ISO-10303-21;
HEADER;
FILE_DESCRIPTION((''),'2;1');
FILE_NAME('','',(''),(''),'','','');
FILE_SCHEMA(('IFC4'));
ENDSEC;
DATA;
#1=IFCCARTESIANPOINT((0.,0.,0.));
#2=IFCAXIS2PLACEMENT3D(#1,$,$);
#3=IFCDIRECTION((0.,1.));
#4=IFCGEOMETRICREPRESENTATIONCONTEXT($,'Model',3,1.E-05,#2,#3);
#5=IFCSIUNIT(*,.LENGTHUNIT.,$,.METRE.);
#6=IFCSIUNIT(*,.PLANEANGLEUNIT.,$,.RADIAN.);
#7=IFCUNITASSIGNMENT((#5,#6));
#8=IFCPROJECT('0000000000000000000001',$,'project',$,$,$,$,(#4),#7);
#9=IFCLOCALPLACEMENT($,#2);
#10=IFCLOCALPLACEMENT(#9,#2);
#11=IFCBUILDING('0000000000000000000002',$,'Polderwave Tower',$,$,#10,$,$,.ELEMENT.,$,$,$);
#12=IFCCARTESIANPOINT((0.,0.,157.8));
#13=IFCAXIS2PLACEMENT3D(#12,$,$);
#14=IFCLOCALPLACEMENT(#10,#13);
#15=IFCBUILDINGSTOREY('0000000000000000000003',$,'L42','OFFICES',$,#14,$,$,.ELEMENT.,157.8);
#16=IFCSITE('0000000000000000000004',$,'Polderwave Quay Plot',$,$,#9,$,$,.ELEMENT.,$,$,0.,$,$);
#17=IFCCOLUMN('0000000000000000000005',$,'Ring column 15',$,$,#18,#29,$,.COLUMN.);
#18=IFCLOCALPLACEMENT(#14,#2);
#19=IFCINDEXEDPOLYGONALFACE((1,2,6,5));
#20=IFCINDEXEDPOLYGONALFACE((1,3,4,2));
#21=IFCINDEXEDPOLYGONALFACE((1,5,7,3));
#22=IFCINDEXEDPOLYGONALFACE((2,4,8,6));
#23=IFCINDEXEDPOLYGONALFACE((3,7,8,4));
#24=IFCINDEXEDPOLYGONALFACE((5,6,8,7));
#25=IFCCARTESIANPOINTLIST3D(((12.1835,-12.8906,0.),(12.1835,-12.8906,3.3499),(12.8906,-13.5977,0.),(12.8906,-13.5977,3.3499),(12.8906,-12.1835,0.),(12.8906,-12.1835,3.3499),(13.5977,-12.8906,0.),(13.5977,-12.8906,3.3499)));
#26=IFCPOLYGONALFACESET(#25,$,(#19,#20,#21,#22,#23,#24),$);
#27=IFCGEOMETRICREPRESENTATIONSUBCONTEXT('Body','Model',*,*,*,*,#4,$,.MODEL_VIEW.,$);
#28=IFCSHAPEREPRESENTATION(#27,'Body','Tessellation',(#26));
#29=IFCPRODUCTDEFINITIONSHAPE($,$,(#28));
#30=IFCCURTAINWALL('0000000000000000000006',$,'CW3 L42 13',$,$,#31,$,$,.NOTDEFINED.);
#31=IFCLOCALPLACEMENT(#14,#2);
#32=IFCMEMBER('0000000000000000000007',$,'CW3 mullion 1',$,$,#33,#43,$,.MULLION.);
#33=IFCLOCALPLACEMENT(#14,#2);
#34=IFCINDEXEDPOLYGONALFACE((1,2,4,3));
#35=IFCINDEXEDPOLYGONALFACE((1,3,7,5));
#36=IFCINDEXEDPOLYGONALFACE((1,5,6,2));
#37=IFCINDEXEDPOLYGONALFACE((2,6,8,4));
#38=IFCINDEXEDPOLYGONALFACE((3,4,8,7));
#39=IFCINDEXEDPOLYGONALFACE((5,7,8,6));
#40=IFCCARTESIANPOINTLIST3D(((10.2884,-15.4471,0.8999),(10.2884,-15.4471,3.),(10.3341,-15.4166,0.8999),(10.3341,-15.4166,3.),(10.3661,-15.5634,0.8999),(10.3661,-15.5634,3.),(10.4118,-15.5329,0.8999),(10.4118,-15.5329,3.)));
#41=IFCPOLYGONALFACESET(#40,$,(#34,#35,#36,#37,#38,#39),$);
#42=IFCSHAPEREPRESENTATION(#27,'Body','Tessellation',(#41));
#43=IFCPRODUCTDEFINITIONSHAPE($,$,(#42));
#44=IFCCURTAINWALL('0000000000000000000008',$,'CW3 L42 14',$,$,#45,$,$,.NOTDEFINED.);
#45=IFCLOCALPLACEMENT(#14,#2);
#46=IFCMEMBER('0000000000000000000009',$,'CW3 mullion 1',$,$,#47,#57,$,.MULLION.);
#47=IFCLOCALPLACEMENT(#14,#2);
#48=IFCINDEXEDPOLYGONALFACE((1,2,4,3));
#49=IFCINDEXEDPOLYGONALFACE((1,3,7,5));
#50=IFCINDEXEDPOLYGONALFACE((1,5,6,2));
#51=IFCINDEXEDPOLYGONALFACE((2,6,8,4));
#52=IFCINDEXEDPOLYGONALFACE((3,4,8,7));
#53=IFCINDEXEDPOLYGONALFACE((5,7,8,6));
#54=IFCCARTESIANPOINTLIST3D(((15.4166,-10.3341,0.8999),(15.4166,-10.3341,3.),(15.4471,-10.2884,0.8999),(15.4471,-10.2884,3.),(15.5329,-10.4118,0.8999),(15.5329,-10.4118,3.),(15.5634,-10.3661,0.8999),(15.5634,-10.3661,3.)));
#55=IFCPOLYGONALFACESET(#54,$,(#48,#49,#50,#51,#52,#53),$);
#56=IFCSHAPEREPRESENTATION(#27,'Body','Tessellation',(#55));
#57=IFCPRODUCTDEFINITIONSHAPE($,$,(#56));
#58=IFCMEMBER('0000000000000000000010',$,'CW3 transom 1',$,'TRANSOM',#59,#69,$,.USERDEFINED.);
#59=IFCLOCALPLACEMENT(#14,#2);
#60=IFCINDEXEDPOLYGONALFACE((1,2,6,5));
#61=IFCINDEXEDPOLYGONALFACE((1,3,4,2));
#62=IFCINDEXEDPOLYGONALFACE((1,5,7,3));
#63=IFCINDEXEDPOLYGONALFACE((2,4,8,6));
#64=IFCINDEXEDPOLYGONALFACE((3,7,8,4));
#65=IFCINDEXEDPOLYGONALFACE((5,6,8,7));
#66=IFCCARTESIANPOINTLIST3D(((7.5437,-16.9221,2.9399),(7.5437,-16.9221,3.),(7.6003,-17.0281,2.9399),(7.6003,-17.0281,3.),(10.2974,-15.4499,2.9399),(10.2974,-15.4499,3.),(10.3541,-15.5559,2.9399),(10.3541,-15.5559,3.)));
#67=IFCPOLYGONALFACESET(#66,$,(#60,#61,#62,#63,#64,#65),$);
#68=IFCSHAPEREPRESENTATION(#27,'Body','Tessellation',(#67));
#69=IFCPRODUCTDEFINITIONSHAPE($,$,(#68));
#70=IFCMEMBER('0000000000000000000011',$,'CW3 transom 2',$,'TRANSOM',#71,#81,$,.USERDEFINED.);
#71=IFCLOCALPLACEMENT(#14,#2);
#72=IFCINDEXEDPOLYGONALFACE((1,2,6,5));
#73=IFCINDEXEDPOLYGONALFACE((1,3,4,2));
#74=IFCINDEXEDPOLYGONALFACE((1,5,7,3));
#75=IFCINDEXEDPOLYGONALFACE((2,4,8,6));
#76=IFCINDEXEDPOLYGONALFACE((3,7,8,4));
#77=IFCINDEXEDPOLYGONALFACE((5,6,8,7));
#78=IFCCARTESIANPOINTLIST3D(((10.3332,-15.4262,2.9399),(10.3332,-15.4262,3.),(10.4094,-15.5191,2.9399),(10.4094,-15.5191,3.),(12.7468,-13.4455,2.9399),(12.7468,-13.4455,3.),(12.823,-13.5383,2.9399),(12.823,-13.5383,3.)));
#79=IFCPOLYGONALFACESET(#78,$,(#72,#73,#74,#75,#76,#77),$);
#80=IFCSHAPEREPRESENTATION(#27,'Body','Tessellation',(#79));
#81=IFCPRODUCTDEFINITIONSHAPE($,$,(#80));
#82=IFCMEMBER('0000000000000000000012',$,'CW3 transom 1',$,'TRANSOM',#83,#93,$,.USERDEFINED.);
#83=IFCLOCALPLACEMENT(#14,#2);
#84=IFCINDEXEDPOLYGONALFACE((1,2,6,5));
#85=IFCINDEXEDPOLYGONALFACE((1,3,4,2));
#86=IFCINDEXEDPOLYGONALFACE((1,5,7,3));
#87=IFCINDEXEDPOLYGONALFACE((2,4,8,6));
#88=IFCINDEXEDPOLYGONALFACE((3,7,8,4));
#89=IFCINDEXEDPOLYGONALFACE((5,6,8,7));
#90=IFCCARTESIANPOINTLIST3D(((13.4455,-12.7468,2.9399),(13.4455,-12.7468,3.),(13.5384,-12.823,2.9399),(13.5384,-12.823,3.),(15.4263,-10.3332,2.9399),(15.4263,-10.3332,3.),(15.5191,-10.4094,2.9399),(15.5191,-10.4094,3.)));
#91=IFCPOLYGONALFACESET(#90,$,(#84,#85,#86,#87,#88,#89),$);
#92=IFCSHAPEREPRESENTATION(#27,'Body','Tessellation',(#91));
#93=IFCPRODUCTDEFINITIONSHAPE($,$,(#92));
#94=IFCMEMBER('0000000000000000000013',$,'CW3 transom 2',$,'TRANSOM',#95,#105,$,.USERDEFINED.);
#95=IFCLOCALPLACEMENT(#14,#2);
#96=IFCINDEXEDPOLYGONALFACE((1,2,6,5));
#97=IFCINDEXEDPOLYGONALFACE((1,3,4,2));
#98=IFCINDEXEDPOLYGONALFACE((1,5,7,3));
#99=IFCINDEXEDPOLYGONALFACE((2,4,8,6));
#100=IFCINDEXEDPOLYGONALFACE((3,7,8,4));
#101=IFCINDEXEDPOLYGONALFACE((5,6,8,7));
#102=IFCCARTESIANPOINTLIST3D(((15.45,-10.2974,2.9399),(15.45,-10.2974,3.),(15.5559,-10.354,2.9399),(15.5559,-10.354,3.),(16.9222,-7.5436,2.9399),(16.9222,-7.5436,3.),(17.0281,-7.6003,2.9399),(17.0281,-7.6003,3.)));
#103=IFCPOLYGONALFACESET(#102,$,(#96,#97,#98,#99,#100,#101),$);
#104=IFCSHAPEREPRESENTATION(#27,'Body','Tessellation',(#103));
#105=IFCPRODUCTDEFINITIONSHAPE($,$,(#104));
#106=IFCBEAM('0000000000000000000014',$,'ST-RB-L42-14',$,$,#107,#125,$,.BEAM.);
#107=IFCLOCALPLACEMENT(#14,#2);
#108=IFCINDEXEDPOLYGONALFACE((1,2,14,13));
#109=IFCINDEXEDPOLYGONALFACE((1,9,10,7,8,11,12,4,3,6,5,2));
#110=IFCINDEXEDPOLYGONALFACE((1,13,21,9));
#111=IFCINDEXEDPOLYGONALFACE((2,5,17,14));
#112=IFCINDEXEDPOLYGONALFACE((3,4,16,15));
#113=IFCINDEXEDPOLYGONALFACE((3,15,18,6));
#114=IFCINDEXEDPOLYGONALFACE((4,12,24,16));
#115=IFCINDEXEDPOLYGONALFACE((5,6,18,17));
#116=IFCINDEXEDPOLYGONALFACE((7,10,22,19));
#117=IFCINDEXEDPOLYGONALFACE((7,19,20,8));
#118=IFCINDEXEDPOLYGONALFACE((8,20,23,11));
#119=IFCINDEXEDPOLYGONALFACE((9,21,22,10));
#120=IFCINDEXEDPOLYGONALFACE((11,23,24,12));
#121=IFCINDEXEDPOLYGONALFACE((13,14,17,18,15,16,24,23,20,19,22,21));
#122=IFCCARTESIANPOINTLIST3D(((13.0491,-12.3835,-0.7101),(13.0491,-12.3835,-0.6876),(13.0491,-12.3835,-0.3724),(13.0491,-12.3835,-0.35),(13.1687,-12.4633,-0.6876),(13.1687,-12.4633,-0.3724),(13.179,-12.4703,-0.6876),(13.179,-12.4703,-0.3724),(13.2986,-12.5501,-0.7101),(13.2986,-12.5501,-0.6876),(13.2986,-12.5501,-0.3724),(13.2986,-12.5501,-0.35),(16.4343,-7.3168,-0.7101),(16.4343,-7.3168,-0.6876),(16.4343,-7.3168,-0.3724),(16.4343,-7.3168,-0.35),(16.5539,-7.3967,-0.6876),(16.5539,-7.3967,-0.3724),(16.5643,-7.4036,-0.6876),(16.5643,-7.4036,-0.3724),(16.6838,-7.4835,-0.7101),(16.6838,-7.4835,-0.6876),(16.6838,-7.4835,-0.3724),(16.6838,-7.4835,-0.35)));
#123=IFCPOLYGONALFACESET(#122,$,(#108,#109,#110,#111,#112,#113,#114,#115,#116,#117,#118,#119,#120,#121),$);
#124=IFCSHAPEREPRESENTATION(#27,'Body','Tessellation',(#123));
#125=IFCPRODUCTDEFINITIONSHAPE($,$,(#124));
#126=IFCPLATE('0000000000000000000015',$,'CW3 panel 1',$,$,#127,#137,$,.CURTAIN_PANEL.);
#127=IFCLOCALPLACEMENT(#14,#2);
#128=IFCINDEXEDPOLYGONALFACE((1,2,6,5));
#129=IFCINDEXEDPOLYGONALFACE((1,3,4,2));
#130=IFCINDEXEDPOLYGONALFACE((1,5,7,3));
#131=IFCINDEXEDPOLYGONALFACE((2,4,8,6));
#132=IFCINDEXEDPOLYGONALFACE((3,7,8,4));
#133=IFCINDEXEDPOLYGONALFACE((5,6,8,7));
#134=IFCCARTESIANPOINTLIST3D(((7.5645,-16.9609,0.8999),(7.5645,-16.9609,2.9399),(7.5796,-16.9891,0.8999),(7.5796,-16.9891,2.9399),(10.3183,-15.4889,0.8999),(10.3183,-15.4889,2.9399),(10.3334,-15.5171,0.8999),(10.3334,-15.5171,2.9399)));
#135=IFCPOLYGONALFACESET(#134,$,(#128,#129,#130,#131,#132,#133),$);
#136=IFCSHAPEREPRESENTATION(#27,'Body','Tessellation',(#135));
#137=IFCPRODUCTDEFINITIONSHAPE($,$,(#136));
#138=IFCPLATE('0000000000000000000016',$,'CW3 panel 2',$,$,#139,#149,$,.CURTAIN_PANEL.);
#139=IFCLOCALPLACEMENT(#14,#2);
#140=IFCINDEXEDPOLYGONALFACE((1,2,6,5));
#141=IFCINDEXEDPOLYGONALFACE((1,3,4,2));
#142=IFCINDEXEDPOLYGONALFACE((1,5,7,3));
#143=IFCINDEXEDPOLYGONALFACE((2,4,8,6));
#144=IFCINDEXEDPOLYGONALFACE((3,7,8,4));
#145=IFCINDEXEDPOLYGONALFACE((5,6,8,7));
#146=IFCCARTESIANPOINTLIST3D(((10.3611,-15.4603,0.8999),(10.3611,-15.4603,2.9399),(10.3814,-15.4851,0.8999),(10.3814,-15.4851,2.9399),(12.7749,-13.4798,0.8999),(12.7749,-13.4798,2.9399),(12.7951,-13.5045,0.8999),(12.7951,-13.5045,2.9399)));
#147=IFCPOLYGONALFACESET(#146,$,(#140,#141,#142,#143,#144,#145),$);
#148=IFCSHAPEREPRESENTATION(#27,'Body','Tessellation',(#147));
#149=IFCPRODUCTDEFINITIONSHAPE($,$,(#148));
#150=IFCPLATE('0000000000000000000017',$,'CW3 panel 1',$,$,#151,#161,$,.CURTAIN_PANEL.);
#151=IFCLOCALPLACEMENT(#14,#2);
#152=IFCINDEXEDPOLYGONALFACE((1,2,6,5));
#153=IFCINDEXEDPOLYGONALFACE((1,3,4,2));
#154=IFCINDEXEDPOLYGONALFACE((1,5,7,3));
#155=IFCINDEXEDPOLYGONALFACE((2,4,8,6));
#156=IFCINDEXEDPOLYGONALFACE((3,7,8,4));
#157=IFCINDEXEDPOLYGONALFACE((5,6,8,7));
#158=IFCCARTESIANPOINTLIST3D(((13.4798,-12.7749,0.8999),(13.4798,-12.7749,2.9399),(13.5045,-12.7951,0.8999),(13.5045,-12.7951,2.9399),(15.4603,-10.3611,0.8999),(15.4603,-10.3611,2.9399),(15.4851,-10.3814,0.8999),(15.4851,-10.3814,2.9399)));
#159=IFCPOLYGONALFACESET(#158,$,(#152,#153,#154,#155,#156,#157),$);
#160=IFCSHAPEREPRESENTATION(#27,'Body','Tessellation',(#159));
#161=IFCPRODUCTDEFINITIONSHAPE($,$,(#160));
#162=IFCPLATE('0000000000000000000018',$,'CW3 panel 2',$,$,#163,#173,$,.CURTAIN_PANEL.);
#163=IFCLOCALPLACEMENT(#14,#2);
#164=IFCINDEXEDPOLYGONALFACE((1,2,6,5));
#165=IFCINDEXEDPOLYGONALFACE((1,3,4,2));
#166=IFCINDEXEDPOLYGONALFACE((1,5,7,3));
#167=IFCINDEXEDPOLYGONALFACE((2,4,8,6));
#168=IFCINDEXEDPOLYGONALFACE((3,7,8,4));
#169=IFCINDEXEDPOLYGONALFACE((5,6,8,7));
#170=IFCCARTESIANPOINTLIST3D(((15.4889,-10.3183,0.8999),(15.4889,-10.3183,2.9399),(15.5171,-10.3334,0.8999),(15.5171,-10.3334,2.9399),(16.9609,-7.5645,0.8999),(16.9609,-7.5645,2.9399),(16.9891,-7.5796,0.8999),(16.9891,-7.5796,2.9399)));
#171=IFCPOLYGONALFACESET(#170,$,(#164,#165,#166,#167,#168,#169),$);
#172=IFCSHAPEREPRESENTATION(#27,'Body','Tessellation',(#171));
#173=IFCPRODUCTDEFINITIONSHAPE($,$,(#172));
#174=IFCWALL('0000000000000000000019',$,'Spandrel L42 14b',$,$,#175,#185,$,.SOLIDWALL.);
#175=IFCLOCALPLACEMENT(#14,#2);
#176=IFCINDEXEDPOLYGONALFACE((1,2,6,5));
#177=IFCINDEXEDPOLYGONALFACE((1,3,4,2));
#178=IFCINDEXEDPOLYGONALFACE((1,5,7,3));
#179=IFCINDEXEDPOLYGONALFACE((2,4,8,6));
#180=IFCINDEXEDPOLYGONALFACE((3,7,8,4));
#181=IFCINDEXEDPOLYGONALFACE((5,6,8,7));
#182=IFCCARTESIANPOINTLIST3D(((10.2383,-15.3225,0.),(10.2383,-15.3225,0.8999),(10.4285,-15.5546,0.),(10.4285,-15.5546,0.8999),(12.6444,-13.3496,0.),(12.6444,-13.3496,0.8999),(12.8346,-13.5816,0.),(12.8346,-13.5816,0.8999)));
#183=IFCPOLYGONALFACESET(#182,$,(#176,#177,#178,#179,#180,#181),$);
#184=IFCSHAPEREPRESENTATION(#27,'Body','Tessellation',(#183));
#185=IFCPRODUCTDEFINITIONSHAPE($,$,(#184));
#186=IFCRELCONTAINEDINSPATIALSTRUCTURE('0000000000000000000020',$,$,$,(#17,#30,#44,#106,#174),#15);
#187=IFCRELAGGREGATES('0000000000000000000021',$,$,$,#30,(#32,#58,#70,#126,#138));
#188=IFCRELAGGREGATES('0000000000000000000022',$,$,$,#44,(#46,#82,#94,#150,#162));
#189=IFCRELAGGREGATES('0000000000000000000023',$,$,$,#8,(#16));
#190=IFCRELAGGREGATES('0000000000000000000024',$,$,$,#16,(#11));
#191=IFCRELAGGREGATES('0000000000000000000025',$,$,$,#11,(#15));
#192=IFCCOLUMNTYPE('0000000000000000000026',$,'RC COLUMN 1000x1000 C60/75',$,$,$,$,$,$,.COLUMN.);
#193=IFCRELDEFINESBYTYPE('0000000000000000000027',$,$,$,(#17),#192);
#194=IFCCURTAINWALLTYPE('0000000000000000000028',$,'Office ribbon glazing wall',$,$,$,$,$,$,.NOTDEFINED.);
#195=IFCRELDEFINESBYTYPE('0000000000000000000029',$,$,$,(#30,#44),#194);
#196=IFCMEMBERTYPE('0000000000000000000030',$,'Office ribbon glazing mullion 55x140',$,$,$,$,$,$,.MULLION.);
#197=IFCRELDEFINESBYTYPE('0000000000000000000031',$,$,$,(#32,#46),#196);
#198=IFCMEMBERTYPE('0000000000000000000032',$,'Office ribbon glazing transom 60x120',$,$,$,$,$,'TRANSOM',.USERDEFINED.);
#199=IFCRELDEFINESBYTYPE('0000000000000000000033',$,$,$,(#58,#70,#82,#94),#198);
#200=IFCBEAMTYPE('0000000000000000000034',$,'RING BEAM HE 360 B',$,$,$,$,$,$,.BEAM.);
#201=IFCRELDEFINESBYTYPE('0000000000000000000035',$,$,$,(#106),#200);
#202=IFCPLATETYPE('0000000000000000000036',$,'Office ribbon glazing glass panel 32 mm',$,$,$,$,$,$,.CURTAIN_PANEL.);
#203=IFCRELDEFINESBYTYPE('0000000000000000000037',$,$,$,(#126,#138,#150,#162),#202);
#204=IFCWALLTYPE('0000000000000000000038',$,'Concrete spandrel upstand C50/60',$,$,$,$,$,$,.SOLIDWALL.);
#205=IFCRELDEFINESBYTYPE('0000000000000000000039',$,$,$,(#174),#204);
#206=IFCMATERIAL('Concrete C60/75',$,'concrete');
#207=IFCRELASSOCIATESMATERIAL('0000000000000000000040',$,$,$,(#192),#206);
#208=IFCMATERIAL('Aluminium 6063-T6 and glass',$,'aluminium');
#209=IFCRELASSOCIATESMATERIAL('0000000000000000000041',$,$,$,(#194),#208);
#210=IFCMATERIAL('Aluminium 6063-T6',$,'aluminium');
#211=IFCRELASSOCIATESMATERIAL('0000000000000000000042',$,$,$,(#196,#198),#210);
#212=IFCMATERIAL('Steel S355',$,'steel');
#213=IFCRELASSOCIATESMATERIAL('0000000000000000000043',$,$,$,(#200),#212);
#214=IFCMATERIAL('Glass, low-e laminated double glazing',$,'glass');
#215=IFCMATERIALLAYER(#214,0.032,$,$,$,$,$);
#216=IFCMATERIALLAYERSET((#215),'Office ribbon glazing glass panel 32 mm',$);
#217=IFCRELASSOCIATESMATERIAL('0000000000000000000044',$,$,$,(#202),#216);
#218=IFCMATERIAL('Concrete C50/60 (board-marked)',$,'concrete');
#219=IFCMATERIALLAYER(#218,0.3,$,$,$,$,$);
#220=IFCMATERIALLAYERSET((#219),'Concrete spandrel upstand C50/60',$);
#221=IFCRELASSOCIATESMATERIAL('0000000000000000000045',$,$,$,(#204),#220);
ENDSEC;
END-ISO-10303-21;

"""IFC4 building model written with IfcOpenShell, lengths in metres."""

from ifc_helpers import new_model, si_unit, direction, frame, frame_2d, origin, origin_2d, place, context, subcontext, project, spatial, rectangle, i_section, extrude, material, layer, layer_set, material_profile, profile_set, type_object, element, aggregate, save


model = new_model("IFC4")

# Units and contexts
model_context = context("Model", 3, precision=1e-05, world=origin(), true_north=direction((0.0, 1.0)))
body_context = subcontext(model_context, "Body", "Model", "MODEL_VIEW")
ifc_project = project(units=[si_unit("LENGTHUNIT", "METRE"), si_unit("PLANEANGLEUNIT", "RADIAN")], contexts=[model_context])

# Site, building, storey
site_placement = place(None, origin())
site = spatial("IfcSite", under=ifc_project, at=site_placement, Name="Polderwave Quay Plot", CompositionType="ELEMENT", RefElevation=0.0)
building_placement = place(site_placement, origin())
building = spatial("IfcBuilding", under=site, at=building_placement, Name="Polderwave Tower", CompositionType="ELEMENT")
storey_placement = place(building_placement, frame((0.0, 0.0, 157.8)))
storey = spatial("IfcBuildingStorey", under=building, at=storey_placement, Name="L42", Description="OFFICES", CompositionType="ELEMENT", Elevation=157.8)

# Column
ifc_material_1 = material(Name="Concrete C60/75", Category="concrete")
ifc_material_profile_1 = material_profile(ifc_material_1, rectangle(XDim=1.0, YDim=1.0, at=origin_2d()), Name="RC 1000x1000")
ifc_profile_set_1 = profile_set([ifc_material_profile_1], Name="Concrete C60/75")
column_type = type_object("IfcColumnType", Name="RC COLUMN 1000x1000 C60/75", PredefinedType="COLUMN", material=ifc_profile_set_1)
column_placement = place(storey_placement, frame((12.8906, -12.8906, 0.0), z_axis=(0.0, 0.0, 1.0), x_axis=(0.707107, -0.707107, 0.0)))
element("IfcColumn", 1, at=column_placement, inside=storey, type_object=column_type, Name="Ring column 15", PredefinedType="COLUMN", context=body_context, shape_type="SweptSolid", body=[
    extrude(rectangle(XDim=1.0, YDim=1.0, at=origin_2d()), origin(), (0.0, 0.0, 1.0), 3.3499),
])

# Curtain walls, members
ifc_material_2 = material(Name="Aluminium 6063-T6 and glass", Category="aluminium")
curtain_wall_type = type_object("IfcCurtainWallType", Name="Office ribbon glazing wall", PredefinedType="NOTDEFINED", material=ifc_material_2)
curtain_wall_1_placement = place(storey_placement, origin())
curtain_wall_1 = element("IfcCurtainWall", 2, at=curtain_wall_1_placement, inside=storey, type_object=curtain_wall_type, Name="CW3 L42 13", PredefinedType="NOTDEFINED")
ifc_material_3 = material(Name="Aluminium 6063-T6", Category="aluminium")
ifc_material_profile_2 = material_profile(ifc_material_3, rectangle(XDim=0.1399, YDim=0.0549, at=origin_2d()), Name="AL 55x140")
ifc_profile_set_2 = profile_set([ifc_material_profile_2], Name="Aluminium 6063-T6")
member_type_1 = type_object("IfcMemberType", Name="Office ribbon glazing mullion 55x140", PredefinedType="MULLION", material=ifc_profile_set_2)
member_1_placement = place(storey_placement, frame((10.3501, -15.49, 0.8999), z_axis=(0.0, 0.0, 1.0), x_axis=(-0.555548, 0.831484, 0.0)))
member_1 = element("IfcMember", 3, at=member_1_placement, type_object=member_type_1, Name="CW3 mullion 1", PredefinedType="MULLION", context=body_context, shape_type="SweptSolid", body=[
    extrude(rectangle(XDim=0.1399, YDim=0.0549, at=origin_2d()), origin(), (0.0, 0.0, 1.0), 2.1001),
])
curtain_wall_2_placement = place(storey_placement, origin())
curtain_wall_2 = element("IfcCurtainWall", 4, at=curtain_wall_2_placement, inside=storey, type_object=curtain_wall_type, Name="CW3 L42 14", PredefinedType="NOTDEFINED")
member_2_placement = place(storey_placement, frame((15.49, -10.3501, 0.8999), z_axis=(0.0, 0.0, 1.0), x_axis=(-0.831484, 0.555548, 0.0)))
member_2 = element("IfcMember", 5, at=member_2_placement, type_object=member_type_1, Name="CW3 mullion 1", PredefinedType="MULLION", context=body_context, shape_type="SweptSolid", body=[
    extrude(rectangle(XDim=0.1399, YDim=0.0549, at=origin_2d()), origin(), (0.0, 0.0, 1.0), 2.1001),
])

# Members
ifc_material_profile_3 = material_profile(ifc_material_3, rectangle(XDim=0.1201, YDim=0.0601, at=origin_2d()), Name="AL 60x120")
ifc_profile_set_3 = profile_set([ifc_material_profile_3], Name="Aluminium 6063-T6")
member_type_2 = type_object("IfcMemberType", Name="Office ribbon glazing transom 60x120", ElementType="TRANSOM", PredefinedType="USERDEFINED", material=ifc_profile_set_3)
member_3_placement = place(storey_placement, frame((7.572, -16.9751, 2.97), z_axis=(0.881881, 0.471473, 0.0), x_axis=(-0.471473, 0.881881, 0.0)))
member_3 = element("IfcMember", 6, at=member_3_placement, type_object=member_type_2, Name="CW3 transom 1", ObjectType="TRANSOM", PredefinedType="USERDEFINED", context=body_context, shape_type="SweptSolid", body=[
    extrude(rectangle(XDim=0.1201, YDim=0.0601, at=origin_2d()), origin(), (0.0, 0.0, 1.0), 3.1226),
])
member_4_placement = place(storey_placement, frame((10.3713, -15.4727, 2.97), z_axis=(0.773019, 0.634383, 0.0), x_axis=(-0.634383, 0.773019, 0.0)))
member_4 = element("IfcMember", 7, at=member_4_placement, type_object=member_type_2, Name="CW3 transom 2", ObjectType="TRANSOM", PredefinedType="USERDEFINED", context=body_context, shape_type="SweptSolid", body=[
    extrude(rectangle(XDim=0.1201, YDim=0.0601, at=origin_2d()), origin(), (0.0, 0.0, 1.0), 3.1223),
])
member_5_placement = place(storey_placement, frame((13.4919, -12.7849, 2.97), z_axis=(0.634383, 0.773019, 0.0), x_axis=(-0.773019, 0.634383, 0.0)))
member_5 = element("IfcMember", 8, at=member_5_placement, type_object=member_type_2, Name="CW3 transom 1", ObjectType="TRANSOM", PredefinedType="USERDEFINED", context=body_context, shape_type="SweptSolid", body=[
    extrude(rectangle(XDim=0.1201, YDim=0.0601, at=origin_2d()), origin(), (0.0, 0.0, 1.0), 3.1223),
])
member_6_placement = place(storey_placement, frame((15.5029, -10.3257, 2.97), z_axis=(0.471473, 0.881881, 0.0), x_axis=(-0.881881, 0.471473, 0.0)))
member_6 = element("IfcMember", 9, at=member_6_placement, type_object=member_type_2, Name="CW3 transom 2", ObjectType="TRANSOM", PredefinedType="USERDEFINED", context=body_context, shape_type="SweptSolid", body=[
    extrude(rectangle(XDim=0.1201, YDim=0.0601, at=origin_2d()), origin(), (0.0, 0.0, 1.0), 3.1226),
])

# Beam
ifc_material_4 = material(Name="Steel S355", Category="steel")
ifc_material_profile_4 = material_profile(ifc_material_4, i_section(OverallWidth=0.3, OverallDepth=0.3601, WebThickness=0.0125, FlangeThickness=0.0225, at=origin_2d()), Name="HE 360 B")
ifc_profile_set_4 = profile_set([ifc_material_profile_4], Name="Steel S355")
beam_type = type_object("IfcBeamType", Name="RING BEAM HE 360 B", PredefinedType="BEAM", material=ifc_profile_set_4)
beam_placement = place(storey_placement, frame((13.1738, -12.4668, -0.53), z_axis=(0.555551, 0.831483, 0.0), x_axis=(-0.831483, 0.555551, 0.0)))
element("IfcBeam", 10, at=beam_placement, inside=storey, type_object=beam_type, Name="ST-RB-L42-14", PredefinedType="BEAM", context=body_context, shape_type="SweptSolid", body=[
    extrude(i_section(OverallWidth=0.3, OverallDepth=0.3601, WebThickness=0.0125, FlangeThickness=0.0225, at=origin_2d()), origin(), (0.0, 0.0, 1.0), 6.0935),
])

# Plates
ifc_material_5 = material(Name="Glass, low-e laminated double glazing", Category="glass")
ifc_layer_1 = layer(ifc_material_5, 0.032)
ifc_layer_set_1 = layer_set([ifc_layer_1], Name="Office ribbon glazing glass panel 32 mm")
plate_type = type_object("IfcPlateType", Name="Office ribbon glazing glass panel 32 mm", PredefinedType="CURTAIN_PANEL", material=ifc_layer_set_1)
plate_1_placement = place(storey_placement, frame((8.949, -16.239, 0.8999), z_axis=(0.0, 0.0, 1.0), x_axis=(0.881904, 0.471429, 0.0)))
plate_1 = element("IfcPlate", 11, at=plate_1_placement, type_object=plate_type, Name="CW3 panel 1", PredefinedType="CURTAIN_PANEL", context=body_context, shape_type="SweptSolid", body=[
    extrude(rectangle(XDim=3.1226, YDim=0.032, at=origin_2d()), origin(), (0.0, 0.0, 1.0), 2.04),
])
plate_2_placement = place(storey_placement, frame((11.5781, -14.4824, 0.8999), z_axis=(0.0, 0.0, 1.0), x_axis=(0.773066, 0.634326, 0.0)))
plate_2 = element("IfcPlate", 12, at=plate_2_placement, type_object=plate_type, Name="CW3 panel 2", PredefinedType="CURTAIN_PANEL", context=body_context, shape_type="SweptSolid", body=[
    extrude(rectangle(XDim=3.1223, YDim=0.032, at=origin_2d()), origin(), (0.0, 0.0, 1.0), 2.04),
])
aggregate(curtain_wall_1, [member_1, member_3, member_4, plate_1, plate_2])
plate_3_placement = place(storey_placement, frame((14.4824, -11.5781, 0.8999), z_axis=(0.0, 0.0, 1.0), x_axis=(0.634326, 0.773066, 0.0)))
plate_3 = element("IfcPlate", 13, at=plate_3_placement, type_object=plate_type, Name="CW3 panel 1", PredefinedType="CURTAIN_PANEL", context=body_context, shape_type="SweptSolid", body=[
    extrude(rectangle(XDim=3.1223, YDim=0.032, at=origin_2d()), origin(), (0.0, 0.0, 1.0), 2.04),
])
plate_4_placement = place(storey_placement, frame((16.239, -8.949, 0.8999), z_axis=(0.0, 0.0, 1.0), x_axis=(0.471429, 0.881904, 0.0)))
plate_4 = element("IfcPlate", 14, at=plate_4_placement, type_object=plate_type, Name="CW3 panel 2", PredefinedType="CURTAIN_PANEL", context=body_context, shape_type="SweptSolid", body=[
    extrude(rectangle(XDim=3.1226, YDim=0.032, at=origin_2d()), origin(), (0.0, 0.0, 1.0), 2.04),
])
aggregate(curtain_wall_2, [member_2, member_5, member_6, plate_3, plate_4])

# Wall
ifc_material_6 = material(Name="Concrete C50/60 (board-marked)", Category="concrete")
ifc_layer_2 = layer(ifc_material_6, 0.3)
ifc_layer_set_2 = layer_set([ifc_layer_2], Name="Concrete spandrel upstand C50/60")
wall_type_1 = type_object("IfcWallType", Name="Concrete spandrel upstand C50/60", PredefinedType="SOLIDWALL", material=ifc_layer_set_2)
for number, where, z_axis, x_axis, name in (
    (15, (10.3335, -15.4385, 0.0), (0.0, 0.0, 1.0), (0.773272, 0.634075, 0.0), "Spandrel L42 14b"),
):
    element("IfcWall", number, at=place(storey_placement, frame(where, z_axis=z_axis, x_axis=x_axis)), inside=storey, type_object=wall_type_1, Name=name, PredefinedType="SOLIDWALL", context=body_context, shape_type="SweptSolid", body=[
        extrude(rectangle(XDim=3.1116, YDim=0.3, at=frame_2d((1.5557, 0.0))), origin(), (0.0, 0.0, 1.0), 0.8999),
    ])

save(model, "model.ifc")
